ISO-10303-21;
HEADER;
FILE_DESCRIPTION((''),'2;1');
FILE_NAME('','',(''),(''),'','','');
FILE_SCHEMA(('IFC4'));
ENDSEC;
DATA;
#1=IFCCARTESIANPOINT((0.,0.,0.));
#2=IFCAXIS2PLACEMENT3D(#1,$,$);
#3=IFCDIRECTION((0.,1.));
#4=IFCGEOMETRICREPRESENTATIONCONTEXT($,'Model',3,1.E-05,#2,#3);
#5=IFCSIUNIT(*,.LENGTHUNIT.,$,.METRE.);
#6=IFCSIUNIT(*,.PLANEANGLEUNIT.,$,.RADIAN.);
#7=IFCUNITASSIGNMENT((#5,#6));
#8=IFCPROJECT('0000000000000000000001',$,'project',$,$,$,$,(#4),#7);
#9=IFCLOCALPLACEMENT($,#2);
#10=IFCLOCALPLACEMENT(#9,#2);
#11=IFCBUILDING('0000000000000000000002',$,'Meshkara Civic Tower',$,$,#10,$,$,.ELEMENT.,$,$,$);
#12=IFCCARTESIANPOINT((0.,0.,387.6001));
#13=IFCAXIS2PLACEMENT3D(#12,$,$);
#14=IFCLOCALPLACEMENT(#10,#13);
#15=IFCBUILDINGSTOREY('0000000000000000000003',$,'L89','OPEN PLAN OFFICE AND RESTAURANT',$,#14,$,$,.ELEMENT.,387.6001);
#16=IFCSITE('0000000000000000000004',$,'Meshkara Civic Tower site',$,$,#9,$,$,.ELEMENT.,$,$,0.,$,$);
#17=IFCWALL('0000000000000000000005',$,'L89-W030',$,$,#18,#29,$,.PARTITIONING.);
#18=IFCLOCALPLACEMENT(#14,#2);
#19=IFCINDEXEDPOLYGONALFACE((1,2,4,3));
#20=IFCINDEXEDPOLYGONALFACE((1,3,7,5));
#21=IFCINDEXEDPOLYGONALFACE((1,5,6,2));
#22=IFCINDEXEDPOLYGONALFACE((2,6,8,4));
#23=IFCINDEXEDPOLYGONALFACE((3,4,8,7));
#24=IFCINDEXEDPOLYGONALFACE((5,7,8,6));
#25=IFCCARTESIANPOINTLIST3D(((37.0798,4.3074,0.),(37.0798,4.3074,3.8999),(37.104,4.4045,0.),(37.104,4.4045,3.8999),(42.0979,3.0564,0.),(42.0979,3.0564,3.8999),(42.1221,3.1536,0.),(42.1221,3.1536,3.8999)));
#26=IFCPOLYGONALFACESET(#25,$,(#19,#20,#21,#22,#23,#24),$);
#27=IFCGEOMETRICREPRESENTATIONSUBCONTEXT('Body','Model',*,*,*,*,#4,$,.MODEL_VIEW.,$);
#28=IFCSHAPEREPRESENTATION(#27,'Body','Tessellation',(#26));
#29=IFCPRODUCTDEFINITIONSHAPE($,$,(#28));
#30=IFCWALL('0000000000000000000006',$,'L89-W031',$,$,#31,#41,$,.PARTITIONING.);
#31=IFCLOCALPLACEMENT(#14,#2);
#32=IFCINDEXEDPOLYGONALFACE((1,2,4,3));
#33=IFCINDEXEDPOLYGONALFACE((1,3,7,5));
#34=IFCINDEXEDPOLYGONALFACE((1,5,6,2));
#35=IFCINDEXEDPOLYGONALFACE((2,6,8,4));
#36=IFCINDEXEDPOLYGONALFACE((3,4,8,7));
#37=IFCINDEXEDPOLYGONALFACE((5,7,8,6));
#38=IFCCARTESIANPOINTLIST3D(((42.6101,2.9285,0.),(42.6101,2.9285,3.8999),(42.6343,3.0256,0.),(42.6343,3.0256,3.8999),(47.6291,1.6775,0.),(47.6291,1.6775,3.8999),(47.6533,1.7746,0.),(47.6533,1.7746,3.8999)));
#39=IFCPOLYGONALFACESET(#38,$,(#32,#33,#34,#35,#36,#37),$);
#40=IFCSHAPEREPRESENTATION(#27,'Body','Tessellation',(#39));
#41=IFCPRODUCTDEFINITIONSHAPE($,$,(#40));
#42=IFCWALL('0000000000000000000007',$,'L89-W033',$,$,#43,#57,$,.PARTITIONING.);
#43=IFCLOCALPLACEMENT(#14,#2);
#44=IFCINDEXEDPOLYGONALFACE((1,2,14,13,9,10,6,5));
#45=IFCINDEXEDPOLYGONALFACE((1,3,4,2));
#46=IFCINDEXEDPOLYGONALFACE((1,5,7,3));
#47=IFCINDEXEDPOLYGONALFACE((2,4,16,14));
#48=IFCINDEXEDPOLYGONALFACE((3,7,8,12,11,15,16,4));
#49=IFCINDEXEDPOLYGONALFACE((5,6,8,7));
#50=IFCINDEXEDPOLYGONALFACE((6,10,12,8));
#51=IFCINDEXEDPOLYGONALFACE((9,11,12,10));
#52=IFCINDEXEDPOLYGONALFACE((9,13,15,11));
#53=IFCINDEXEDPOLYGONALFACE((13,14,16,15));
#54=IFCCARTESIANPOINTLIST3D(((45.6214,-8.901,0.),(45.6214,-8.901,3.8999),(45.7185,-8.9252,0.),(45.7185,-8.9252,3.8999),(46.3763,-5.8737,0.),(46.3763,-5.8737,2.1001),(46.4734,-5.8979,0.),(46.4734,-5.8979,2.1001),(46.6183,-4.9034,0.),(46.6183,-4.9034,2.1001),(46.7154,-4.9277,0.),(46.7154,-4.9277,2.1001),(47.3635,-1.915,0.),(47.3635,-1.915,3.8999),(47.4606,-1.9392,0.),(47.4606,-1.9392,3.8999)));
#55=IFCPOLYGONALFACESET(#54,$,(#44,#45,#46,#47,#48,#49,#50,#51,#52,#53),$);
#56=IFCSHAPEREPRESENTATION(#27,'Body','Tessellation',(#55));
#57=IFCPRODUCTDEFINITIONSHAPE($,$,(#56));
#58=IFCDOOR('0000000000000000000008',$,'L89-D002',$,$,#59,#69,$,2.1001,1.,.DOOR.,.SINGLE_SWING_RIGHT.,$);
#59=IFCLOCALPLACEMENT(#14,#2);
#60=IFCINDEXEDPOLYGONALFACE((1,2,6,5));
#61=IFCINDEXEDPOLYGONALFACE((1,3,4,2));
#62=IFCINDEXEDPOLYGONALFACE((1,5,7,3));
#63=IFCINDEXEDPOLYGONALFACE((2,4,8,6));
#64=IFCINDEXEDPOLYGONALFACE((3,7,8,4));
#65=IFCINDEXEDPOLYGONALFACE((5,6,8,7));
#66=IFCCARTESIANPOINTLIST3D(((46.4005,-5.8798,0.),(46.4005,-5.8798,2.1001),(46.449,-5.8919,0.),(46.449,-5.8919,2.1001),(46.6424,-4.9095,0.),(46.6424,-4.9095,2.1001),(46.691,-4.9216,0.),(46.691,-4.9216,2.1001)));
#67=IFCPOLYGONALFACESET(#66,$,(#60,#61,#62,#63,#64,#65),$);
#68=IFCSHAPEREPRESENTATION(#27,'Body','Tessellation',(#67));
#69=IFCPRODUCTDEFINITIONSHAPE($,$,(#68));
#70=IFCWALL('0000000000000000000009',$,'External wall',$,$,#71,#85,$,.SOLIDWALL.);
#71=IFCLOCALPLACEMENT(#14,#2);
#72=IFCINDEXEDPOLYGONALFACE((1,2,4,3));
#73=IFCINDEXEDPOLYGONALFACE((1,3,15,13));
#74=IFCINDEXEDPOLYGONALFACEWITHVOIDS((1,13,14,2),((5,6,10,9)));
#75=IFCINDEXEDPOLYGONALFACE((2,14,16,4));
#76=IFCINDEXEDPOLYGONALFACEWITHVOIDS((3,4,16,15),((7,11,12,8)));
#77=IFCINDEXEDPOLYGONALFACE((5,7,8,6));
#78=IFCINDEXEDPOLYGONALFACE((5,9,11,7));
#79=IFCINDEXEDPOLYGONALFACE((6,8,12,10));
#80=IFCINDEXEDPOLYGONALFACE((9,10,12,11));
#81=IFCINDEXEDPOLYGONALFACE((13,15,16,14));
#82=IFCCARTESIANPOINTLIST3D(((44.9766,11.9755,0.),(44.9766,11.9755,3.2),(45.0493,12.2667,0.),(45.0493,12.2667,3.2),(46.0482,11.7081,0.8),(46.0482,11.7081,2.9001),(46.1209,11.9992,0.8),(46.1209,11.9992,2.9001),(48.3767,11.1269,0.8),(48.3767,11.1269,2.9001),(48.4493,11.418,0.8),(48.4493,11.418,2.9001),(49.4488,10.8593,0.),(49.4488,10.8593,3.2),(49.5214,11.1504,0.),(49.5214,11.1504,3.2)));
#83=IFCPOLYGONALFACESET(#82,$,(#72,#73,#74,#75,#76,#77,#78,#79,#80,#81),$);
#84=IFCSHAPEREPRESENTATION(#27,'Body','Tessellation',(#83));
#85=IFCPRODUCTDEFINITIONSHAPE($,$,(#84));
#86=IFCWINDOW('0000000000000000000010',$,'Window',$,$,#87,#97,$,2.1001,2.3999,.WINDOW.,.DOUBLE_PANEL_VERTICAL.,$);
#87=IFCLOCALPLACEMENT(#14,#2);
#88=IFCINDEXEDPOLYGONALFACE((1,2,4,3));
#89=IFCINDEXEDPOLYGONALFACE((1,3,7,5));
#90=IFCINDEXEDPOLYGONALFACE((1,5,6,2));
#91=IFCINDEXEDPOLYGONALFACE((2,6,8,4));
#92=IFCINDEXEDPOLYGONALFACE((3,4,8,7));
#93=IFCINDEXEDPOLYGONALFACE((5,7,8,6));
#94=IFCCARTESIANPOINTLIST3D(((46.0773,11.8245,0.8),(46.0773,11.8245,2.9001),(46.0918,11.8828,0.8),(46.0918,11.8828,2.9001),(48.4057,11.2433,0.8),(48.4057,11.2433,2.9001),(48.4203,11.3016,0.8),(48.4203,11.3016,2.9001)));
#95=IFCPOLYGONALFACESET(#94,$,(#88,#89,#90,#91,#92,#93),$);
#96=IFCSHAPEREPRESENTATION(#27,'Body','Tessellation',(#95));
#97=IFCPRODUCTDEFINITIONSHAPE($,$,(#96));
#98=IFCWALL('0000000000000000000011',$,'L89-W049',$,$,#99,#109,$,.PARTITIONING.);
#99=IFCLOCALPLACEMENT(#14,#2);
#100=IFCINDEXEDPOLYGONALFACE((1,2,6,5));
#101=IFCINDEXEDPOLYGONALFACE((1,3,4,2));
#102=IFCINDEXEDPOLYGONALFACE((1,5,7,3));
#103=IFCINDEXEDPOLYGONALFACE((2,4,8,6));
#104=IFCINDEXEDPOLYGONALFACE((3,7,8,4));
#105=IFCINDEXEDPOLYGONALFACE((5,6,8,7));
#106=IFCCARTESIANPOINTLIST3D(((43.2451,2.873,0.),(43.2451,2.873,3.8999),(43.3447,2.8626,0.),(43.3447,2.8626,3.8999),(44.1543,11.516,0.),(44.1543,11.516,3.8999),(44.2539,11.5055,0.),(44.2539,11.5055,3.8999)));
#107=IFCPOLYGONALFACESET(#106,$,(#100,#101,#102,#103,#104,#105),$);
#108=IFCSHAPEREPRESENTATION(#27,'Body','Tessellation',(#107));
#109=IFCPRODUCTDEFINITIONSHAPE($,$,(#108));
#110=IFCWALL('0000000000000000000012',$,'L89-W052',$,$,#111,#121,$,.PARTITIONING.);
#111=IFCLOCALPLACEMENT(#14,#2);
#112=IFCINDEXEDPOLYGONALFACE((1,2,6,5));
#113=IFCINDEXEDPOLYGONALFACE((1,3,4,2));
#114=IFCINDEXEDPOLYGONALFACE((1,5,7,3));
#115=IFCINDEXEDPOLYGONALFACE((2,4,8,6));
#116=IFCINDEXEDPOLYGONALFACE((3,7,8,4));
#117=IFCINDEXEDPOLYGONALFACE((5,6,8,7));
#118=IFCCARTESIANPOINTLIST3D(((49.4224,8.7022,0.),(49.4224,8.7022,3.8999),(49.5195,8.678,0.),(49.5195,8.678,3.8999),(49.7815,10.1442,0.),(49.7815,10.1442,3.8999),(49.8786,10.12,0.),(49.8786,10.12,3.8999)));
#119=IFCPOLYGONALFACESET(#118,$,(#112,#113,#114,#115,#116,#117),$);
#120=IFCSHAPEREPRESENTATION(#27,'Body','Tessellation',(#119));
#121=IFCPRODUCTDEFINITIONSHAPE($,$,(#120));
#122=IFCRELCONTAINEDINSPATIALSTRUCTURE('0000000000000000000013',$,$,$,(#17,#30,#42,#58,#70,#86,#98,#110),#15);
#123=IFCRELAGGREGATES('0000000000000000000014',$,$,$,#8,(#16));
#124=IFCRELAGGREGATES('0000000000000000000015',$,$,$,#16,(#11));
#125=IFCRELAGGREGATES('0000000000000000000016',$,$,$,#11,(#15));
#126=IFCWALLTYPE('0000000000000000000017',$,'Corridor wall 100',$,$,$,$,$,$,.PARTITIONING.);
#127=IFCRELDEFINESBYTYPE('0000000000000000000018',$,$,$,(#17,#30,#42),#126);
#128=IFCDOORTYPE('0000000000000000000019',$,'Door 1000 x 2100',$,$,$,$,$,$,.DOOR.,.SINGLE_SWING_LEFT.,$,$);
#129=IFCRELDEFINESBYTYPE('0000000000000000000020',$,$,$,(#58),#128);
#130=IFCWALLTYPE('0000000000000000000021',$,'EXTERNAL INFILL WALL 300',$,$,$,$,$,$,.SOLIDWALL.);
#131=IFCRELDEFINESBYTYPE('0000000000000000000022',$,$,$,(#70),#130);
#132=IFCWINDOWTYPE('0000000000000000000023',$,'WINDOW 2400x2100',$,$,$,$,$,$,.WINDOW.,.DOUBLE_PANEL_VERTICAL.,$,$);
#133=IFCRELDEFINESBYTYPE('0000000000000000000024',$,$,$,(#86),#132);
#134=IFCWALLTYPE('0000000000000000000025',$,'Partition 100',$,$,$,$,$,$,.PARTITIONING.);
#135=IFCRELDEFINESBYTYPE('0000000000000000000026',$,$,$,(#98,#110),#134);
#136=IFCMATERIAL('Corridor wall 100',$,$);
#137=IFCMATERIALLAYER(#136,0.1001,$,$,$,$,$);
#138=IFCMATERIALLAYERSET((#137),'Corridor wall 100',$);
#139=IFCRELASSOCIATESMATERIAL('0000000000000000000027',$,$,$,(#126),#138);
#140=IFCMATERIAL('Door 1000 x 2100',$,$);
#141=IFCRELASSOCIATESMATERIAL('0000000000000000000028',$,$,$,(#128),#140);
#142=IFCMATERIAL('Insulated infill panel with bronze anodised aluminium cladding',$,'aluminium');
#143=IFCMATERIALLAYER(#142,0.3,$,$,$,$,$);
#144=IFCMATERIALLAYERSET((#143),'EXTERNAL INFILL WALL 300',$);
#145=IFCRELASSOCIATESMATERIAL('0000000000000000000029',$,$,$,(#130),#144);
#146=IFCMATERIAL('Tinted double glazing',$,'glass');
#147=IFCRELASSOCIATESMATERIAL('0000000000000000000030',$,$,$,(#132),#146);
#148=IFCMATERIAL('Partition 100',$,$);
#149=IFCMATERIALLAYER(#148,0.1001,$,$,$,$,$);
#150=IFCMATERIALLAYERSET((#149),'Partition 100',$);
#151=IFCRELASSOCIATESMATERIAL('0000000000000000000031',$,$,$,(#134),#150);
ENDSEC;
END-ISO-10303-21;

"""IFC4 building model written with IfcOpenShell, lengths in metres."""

from ifc_helpers import new_model, si_unit, direction, frame, frame_2d, origin, place, context, subcontext, project, spatial, rectangle, extrude, material, layer, layer_set, type_object, element, fill, save


model = new_model("IFC4")

# Units and contexts
model_context = context("Model", 3, precision=1e-05, world=origin(), true_north=direction((0.0, 1.0)))
body_context = subcontext(model_context, "Body", "Model", "MODEL_VIEW")
ifc_project = project(units=[si_unit("LENGTHUNIT", "METRE"), si_unit("PLANEANGLEUNIT", "RADIAN")], contexts=[model_context])

# Site, building, storey
site_placement = place(None, origin())
site = spatial("IfcSite", under=ifc_project, at=site_placement, Name="Meshkara Civic Tower site", CompositionType="ELEMENT", RefElevation=0.0)
building_placement = place(site_placement, origin())
building = spatial("IfcBuilding", under=site, at=building_placement, Name="Meshkara Civic Tower", CompositionType="ELEMENT")
storey_placement = place(building_placement, frame((0.0, 0.0, 387.6001)))
storey = spatial("IfcBuildingStorey", under=building, at=storey_placement, Name="L89", Description="OPEN PLAN OFFICE AND RESTAURANT", CompositionType="ELEMENT", Elevation=387.6001)

# Shared definitions
ifc_material_1 = material(Name="Corridor wall 100")
ifc_layer_1 = layer(ifc_material_1, 0.1001)
ifc_layer_set_1 = layer_set([ifc_layer_1], Name="Corridor wall 100")
wall_type_1 = type_object("IfcWallType", Name="Corridor wall 100", PredefinedType="PARTITIONING", material=ifc_layer_set_1)

# Walls
wall_1_placement = place(storey_placement, frame((42.1101, 3.105, 0.0), z_axis=(0.0, 0.0, 1.0), x_axis=(-0.970303, 0.241891, 0.0)))
element("IfcWall", 1, at=wall_1_placement, inside=storey, type_object=wall_type_1, Name="L89-W030", PredefinedType="PARTITIONING", context=body_context, shape_type="SweptSolid", body=[
    extrude(rectangle(XDim=5.1716, YDim=0.1001, at=frame_2d((2.5859, 0.0))), origin(), (0.0, 0.0, 1.0), 3.8999),
])
wall_2_placement = place(storey_placement, frame((42.6221, 2.9771, 0.0), z_axis=(0.0, 0.0, 1.0), x_axis=(0.970314, -0.241847, 0.0)))
element("IfcWall", 2, at=wall_2_placement, inside=storey, type_object=wall_type_1, Name="L89-W031", PredefinedType="PARTITIONING", context=body_context, shape_type="SweptSolid", body=[
    extrude(rectangle(XDim=5.1726, YDim=0.1001, at=frame_2d((2.5864, 0.0))), origin(), (0.0, 0.0, 1.0), 3.8999),
])

# Wall, opening, door
wall_3_placement = place(storey_placement, frame((47.4121, -1.927, 0.0), z_axis=(0.0, 0.0, 1.0), x_axis=(-0.241969, -0.970284, 0.0)))
wall_3 = element("IfcWall", 3, at=wall_3_placement, inside=storey, type_object=wall_type_1, Name="L89-W033", PredefinedType="PARTITIONING", context=body_context, shape_type="SweptSolid", body=[
    extrude(rectangle(XDim=7.2, YDim=0.1001, at=frame_2d((3.6001, 0.0))), origin(), (0.0, 0.0, 1.0), 3.8999),
])
opening_1_placement = place(wall_3_placement, frame((3.0801, 0.0, 0.0)))
opening_1 = element("IfcOpeningElement", 4, at=opening_1_placement, cuts=wall_3, PredefinedType="OPENING", context=body_context, shape_type="SweptSolid", body=[
    extrude(rectangle(XDim=1.0, YDim=2.1001, at=frame_2d((0.5, 1.05))), frame((0.0, 0.0601, 0.0), z_axis=(0.0, -1.0, 0.0), x_axis=(1.0, 0.0, 0.0)), (0.0, 0.0, 1.0), 0.1201),
])
ifc_material_2 = material(Name="Door 1000 x 2100")
door_type_1 = type_object("IfcDoorType", Name="Door 1000 x 2100", OperationType="SINGLE_SWING_LEFT", PredefinedType="DOOR", material=ifc_material_2)
door_1_placement = place(opening_1_placement, origin())
door_1 = element("IfcDoor", 5, at=door_1_placement, inside=storey, type_object=door_type_1, Name="L89-D002", OperationType="SINGLE_SWING_RIGHT", OverallHeight=2.1001, OverallWidth=1.0, PredefinedType="DOOR", context=body_context, shape_type="SweptSolid", body=[
    extrude(rectangle(XDim=1.0, YDim=2.1001, at=frame_2d((0.5, 1.05))), frame((0.0, 0.0249, 0.0), z_axis=(0.0, -1.0, 0.0), x_axis=(1.0, 0.0, 0.0)), (0.0, 0.0, 1.0), 0.05),
])
fill(opening_1, door_1)

# Wall, opening, window
ifc_material_3 = material(Name="Insulated infill panel with bronze anodised aluminium cladding", Category="aluminium")
ifc_layer_2 = layer(ifc_material_3, 0.3)
ifc_layer_set_2 = layer_set([ifc_layer_2], Name="EXTERNAL INFILL WALL 300")
wall_type_2 = type_object("IfcWallType", Name="EXTERNAL INFILL WALL 300", PredefinedType="SOLIDWALL", material=ifc_layer_set_2)
wall_4_placement = place(storey_placement, frame((49.4851, 11.0049, 0.0), z_axis=(0.0, 0.0, 1.0), x_axis=(-0.970236, 0.242162, 0.0)))
wall_4 = element("IfcWall", 6, at=wall_4_placement, inside=storey, type_object=wall_type_2, Name="External wall", PredefinedType="SOLIDWALL", context=body_context, shape_type="SweptSolid", body=[
    extrude(rectangle(XDim=4.6094, YDim=0.3, at=frame_2d((2.3047, 0.0))), origin(), (0.0, 0.0, 1.0), 3.2),
])
opening_2_placement = place(wall_4_placement, frame((1.105, 0.0, 0.8)))
opening_2 = element("IfcOpeningElement", 7, at=opening_2_placement, cuts=wall_4, PredefinedType="OPENING", context=body_context, shape_type="SweptSolid", body=[
    extrude(rectangle(XDim=2.3999, YDim=2.1001, at=frame_2d((1.2, 1.05))), frame((0.0, 0.1599, 0.0), z_axis=(0.0, -1.0, 0.0), x_axis=(1.0, 0.0, 0.0)), (0.0, 0.0, 1.0), 0.3201),
])
ifc_material_4 = material(Name="Tinted double glazing", Category="glass")
window_type = type_object("IfcWindowType", Name="WINDOW 2400x2100", PartitioningType="DOUBLE_PANEL_VERTICAL", PredefinedType="WINDOW", material=ifc_material_4)
window_placement = place(opening_2_placement, origin())
window = element("IfcWindow", 8, at=window_placement, inside=storey, type_object=window_type, Name="Window", OverallHeight=2.1001, OverallWidth=2.3999, PartitioningType="DOUBLE_PANEL_VERTICAL", PredefinedType="WINDOW", context=body_context, shape_type="SweptSolid", body=[
    extrude(rectangle(XDim=2.3999, YDim=2.1001, at=frame_2d((1.2, 1.05))), frame((0.0, 0.03, 0.0), z_axis=(0.0, -1.0, 0.0), x_axis=(1.0, 0.0, 0.0)), (0.0, 0.0, 1.0), 0.0601),
])
fill(opening_2, window)

# Walls
ifc_material_5 = material(Name="Partition 100")
ifc_layer_3 = layer(ifc_material_5, 0.1001)
ifc_layer_set_3 = layer_set([ifc_layer_3], Name="Partition 100")
wall_type_3 = type_object("IfcWallType", Name="Partition 100", PredefinedType="PARTITIONING", material=ifc_layer_set_3)
wall_5_placement = place(storey_placement, frame((43.2949, 2.8679, 0.0), z_axis=(0.0, 0.0, 1.0), x_axis=(0.104615, 0.994513, 0.0)))
element("IfcWall", 9, at=wall_5_placement, inside=storey, type_object=wall_type_3, Name="L89-W049", PredefinedType="PARTITIONING", context=body_context, shape_type="SweptSolid", body=[
    extrude(rectangle(XDim=8.6907, YDim=0.1001, at=frame_2d((4.3452, 0.0))), origin(), (0.0, 0.0, 1.0), 3.8999),
])
wall_6_placement = place(storey_placement, frame((49.4709, 8.6899, 0.0), z_axis=(0.0, 0.0, 1.0), x_axis=(0.241647, 0.970364, 0.0)))
element("IfcWall", 10, at=wall_6_placement, inside=storey, type_object=wall_type_3, Name="L89-W052", PredefinedType="PARTITIONING", context=body_context, shape_type="SweptSolid", body=[
    extrude(rectangle(XDim=1.4861, YDim=0.1001, at=frame_2d((0.7432, 0.0))), origin(), (0.0, 0.0, 1.0), 3.8999),
])

save(model, "model.ifc")
